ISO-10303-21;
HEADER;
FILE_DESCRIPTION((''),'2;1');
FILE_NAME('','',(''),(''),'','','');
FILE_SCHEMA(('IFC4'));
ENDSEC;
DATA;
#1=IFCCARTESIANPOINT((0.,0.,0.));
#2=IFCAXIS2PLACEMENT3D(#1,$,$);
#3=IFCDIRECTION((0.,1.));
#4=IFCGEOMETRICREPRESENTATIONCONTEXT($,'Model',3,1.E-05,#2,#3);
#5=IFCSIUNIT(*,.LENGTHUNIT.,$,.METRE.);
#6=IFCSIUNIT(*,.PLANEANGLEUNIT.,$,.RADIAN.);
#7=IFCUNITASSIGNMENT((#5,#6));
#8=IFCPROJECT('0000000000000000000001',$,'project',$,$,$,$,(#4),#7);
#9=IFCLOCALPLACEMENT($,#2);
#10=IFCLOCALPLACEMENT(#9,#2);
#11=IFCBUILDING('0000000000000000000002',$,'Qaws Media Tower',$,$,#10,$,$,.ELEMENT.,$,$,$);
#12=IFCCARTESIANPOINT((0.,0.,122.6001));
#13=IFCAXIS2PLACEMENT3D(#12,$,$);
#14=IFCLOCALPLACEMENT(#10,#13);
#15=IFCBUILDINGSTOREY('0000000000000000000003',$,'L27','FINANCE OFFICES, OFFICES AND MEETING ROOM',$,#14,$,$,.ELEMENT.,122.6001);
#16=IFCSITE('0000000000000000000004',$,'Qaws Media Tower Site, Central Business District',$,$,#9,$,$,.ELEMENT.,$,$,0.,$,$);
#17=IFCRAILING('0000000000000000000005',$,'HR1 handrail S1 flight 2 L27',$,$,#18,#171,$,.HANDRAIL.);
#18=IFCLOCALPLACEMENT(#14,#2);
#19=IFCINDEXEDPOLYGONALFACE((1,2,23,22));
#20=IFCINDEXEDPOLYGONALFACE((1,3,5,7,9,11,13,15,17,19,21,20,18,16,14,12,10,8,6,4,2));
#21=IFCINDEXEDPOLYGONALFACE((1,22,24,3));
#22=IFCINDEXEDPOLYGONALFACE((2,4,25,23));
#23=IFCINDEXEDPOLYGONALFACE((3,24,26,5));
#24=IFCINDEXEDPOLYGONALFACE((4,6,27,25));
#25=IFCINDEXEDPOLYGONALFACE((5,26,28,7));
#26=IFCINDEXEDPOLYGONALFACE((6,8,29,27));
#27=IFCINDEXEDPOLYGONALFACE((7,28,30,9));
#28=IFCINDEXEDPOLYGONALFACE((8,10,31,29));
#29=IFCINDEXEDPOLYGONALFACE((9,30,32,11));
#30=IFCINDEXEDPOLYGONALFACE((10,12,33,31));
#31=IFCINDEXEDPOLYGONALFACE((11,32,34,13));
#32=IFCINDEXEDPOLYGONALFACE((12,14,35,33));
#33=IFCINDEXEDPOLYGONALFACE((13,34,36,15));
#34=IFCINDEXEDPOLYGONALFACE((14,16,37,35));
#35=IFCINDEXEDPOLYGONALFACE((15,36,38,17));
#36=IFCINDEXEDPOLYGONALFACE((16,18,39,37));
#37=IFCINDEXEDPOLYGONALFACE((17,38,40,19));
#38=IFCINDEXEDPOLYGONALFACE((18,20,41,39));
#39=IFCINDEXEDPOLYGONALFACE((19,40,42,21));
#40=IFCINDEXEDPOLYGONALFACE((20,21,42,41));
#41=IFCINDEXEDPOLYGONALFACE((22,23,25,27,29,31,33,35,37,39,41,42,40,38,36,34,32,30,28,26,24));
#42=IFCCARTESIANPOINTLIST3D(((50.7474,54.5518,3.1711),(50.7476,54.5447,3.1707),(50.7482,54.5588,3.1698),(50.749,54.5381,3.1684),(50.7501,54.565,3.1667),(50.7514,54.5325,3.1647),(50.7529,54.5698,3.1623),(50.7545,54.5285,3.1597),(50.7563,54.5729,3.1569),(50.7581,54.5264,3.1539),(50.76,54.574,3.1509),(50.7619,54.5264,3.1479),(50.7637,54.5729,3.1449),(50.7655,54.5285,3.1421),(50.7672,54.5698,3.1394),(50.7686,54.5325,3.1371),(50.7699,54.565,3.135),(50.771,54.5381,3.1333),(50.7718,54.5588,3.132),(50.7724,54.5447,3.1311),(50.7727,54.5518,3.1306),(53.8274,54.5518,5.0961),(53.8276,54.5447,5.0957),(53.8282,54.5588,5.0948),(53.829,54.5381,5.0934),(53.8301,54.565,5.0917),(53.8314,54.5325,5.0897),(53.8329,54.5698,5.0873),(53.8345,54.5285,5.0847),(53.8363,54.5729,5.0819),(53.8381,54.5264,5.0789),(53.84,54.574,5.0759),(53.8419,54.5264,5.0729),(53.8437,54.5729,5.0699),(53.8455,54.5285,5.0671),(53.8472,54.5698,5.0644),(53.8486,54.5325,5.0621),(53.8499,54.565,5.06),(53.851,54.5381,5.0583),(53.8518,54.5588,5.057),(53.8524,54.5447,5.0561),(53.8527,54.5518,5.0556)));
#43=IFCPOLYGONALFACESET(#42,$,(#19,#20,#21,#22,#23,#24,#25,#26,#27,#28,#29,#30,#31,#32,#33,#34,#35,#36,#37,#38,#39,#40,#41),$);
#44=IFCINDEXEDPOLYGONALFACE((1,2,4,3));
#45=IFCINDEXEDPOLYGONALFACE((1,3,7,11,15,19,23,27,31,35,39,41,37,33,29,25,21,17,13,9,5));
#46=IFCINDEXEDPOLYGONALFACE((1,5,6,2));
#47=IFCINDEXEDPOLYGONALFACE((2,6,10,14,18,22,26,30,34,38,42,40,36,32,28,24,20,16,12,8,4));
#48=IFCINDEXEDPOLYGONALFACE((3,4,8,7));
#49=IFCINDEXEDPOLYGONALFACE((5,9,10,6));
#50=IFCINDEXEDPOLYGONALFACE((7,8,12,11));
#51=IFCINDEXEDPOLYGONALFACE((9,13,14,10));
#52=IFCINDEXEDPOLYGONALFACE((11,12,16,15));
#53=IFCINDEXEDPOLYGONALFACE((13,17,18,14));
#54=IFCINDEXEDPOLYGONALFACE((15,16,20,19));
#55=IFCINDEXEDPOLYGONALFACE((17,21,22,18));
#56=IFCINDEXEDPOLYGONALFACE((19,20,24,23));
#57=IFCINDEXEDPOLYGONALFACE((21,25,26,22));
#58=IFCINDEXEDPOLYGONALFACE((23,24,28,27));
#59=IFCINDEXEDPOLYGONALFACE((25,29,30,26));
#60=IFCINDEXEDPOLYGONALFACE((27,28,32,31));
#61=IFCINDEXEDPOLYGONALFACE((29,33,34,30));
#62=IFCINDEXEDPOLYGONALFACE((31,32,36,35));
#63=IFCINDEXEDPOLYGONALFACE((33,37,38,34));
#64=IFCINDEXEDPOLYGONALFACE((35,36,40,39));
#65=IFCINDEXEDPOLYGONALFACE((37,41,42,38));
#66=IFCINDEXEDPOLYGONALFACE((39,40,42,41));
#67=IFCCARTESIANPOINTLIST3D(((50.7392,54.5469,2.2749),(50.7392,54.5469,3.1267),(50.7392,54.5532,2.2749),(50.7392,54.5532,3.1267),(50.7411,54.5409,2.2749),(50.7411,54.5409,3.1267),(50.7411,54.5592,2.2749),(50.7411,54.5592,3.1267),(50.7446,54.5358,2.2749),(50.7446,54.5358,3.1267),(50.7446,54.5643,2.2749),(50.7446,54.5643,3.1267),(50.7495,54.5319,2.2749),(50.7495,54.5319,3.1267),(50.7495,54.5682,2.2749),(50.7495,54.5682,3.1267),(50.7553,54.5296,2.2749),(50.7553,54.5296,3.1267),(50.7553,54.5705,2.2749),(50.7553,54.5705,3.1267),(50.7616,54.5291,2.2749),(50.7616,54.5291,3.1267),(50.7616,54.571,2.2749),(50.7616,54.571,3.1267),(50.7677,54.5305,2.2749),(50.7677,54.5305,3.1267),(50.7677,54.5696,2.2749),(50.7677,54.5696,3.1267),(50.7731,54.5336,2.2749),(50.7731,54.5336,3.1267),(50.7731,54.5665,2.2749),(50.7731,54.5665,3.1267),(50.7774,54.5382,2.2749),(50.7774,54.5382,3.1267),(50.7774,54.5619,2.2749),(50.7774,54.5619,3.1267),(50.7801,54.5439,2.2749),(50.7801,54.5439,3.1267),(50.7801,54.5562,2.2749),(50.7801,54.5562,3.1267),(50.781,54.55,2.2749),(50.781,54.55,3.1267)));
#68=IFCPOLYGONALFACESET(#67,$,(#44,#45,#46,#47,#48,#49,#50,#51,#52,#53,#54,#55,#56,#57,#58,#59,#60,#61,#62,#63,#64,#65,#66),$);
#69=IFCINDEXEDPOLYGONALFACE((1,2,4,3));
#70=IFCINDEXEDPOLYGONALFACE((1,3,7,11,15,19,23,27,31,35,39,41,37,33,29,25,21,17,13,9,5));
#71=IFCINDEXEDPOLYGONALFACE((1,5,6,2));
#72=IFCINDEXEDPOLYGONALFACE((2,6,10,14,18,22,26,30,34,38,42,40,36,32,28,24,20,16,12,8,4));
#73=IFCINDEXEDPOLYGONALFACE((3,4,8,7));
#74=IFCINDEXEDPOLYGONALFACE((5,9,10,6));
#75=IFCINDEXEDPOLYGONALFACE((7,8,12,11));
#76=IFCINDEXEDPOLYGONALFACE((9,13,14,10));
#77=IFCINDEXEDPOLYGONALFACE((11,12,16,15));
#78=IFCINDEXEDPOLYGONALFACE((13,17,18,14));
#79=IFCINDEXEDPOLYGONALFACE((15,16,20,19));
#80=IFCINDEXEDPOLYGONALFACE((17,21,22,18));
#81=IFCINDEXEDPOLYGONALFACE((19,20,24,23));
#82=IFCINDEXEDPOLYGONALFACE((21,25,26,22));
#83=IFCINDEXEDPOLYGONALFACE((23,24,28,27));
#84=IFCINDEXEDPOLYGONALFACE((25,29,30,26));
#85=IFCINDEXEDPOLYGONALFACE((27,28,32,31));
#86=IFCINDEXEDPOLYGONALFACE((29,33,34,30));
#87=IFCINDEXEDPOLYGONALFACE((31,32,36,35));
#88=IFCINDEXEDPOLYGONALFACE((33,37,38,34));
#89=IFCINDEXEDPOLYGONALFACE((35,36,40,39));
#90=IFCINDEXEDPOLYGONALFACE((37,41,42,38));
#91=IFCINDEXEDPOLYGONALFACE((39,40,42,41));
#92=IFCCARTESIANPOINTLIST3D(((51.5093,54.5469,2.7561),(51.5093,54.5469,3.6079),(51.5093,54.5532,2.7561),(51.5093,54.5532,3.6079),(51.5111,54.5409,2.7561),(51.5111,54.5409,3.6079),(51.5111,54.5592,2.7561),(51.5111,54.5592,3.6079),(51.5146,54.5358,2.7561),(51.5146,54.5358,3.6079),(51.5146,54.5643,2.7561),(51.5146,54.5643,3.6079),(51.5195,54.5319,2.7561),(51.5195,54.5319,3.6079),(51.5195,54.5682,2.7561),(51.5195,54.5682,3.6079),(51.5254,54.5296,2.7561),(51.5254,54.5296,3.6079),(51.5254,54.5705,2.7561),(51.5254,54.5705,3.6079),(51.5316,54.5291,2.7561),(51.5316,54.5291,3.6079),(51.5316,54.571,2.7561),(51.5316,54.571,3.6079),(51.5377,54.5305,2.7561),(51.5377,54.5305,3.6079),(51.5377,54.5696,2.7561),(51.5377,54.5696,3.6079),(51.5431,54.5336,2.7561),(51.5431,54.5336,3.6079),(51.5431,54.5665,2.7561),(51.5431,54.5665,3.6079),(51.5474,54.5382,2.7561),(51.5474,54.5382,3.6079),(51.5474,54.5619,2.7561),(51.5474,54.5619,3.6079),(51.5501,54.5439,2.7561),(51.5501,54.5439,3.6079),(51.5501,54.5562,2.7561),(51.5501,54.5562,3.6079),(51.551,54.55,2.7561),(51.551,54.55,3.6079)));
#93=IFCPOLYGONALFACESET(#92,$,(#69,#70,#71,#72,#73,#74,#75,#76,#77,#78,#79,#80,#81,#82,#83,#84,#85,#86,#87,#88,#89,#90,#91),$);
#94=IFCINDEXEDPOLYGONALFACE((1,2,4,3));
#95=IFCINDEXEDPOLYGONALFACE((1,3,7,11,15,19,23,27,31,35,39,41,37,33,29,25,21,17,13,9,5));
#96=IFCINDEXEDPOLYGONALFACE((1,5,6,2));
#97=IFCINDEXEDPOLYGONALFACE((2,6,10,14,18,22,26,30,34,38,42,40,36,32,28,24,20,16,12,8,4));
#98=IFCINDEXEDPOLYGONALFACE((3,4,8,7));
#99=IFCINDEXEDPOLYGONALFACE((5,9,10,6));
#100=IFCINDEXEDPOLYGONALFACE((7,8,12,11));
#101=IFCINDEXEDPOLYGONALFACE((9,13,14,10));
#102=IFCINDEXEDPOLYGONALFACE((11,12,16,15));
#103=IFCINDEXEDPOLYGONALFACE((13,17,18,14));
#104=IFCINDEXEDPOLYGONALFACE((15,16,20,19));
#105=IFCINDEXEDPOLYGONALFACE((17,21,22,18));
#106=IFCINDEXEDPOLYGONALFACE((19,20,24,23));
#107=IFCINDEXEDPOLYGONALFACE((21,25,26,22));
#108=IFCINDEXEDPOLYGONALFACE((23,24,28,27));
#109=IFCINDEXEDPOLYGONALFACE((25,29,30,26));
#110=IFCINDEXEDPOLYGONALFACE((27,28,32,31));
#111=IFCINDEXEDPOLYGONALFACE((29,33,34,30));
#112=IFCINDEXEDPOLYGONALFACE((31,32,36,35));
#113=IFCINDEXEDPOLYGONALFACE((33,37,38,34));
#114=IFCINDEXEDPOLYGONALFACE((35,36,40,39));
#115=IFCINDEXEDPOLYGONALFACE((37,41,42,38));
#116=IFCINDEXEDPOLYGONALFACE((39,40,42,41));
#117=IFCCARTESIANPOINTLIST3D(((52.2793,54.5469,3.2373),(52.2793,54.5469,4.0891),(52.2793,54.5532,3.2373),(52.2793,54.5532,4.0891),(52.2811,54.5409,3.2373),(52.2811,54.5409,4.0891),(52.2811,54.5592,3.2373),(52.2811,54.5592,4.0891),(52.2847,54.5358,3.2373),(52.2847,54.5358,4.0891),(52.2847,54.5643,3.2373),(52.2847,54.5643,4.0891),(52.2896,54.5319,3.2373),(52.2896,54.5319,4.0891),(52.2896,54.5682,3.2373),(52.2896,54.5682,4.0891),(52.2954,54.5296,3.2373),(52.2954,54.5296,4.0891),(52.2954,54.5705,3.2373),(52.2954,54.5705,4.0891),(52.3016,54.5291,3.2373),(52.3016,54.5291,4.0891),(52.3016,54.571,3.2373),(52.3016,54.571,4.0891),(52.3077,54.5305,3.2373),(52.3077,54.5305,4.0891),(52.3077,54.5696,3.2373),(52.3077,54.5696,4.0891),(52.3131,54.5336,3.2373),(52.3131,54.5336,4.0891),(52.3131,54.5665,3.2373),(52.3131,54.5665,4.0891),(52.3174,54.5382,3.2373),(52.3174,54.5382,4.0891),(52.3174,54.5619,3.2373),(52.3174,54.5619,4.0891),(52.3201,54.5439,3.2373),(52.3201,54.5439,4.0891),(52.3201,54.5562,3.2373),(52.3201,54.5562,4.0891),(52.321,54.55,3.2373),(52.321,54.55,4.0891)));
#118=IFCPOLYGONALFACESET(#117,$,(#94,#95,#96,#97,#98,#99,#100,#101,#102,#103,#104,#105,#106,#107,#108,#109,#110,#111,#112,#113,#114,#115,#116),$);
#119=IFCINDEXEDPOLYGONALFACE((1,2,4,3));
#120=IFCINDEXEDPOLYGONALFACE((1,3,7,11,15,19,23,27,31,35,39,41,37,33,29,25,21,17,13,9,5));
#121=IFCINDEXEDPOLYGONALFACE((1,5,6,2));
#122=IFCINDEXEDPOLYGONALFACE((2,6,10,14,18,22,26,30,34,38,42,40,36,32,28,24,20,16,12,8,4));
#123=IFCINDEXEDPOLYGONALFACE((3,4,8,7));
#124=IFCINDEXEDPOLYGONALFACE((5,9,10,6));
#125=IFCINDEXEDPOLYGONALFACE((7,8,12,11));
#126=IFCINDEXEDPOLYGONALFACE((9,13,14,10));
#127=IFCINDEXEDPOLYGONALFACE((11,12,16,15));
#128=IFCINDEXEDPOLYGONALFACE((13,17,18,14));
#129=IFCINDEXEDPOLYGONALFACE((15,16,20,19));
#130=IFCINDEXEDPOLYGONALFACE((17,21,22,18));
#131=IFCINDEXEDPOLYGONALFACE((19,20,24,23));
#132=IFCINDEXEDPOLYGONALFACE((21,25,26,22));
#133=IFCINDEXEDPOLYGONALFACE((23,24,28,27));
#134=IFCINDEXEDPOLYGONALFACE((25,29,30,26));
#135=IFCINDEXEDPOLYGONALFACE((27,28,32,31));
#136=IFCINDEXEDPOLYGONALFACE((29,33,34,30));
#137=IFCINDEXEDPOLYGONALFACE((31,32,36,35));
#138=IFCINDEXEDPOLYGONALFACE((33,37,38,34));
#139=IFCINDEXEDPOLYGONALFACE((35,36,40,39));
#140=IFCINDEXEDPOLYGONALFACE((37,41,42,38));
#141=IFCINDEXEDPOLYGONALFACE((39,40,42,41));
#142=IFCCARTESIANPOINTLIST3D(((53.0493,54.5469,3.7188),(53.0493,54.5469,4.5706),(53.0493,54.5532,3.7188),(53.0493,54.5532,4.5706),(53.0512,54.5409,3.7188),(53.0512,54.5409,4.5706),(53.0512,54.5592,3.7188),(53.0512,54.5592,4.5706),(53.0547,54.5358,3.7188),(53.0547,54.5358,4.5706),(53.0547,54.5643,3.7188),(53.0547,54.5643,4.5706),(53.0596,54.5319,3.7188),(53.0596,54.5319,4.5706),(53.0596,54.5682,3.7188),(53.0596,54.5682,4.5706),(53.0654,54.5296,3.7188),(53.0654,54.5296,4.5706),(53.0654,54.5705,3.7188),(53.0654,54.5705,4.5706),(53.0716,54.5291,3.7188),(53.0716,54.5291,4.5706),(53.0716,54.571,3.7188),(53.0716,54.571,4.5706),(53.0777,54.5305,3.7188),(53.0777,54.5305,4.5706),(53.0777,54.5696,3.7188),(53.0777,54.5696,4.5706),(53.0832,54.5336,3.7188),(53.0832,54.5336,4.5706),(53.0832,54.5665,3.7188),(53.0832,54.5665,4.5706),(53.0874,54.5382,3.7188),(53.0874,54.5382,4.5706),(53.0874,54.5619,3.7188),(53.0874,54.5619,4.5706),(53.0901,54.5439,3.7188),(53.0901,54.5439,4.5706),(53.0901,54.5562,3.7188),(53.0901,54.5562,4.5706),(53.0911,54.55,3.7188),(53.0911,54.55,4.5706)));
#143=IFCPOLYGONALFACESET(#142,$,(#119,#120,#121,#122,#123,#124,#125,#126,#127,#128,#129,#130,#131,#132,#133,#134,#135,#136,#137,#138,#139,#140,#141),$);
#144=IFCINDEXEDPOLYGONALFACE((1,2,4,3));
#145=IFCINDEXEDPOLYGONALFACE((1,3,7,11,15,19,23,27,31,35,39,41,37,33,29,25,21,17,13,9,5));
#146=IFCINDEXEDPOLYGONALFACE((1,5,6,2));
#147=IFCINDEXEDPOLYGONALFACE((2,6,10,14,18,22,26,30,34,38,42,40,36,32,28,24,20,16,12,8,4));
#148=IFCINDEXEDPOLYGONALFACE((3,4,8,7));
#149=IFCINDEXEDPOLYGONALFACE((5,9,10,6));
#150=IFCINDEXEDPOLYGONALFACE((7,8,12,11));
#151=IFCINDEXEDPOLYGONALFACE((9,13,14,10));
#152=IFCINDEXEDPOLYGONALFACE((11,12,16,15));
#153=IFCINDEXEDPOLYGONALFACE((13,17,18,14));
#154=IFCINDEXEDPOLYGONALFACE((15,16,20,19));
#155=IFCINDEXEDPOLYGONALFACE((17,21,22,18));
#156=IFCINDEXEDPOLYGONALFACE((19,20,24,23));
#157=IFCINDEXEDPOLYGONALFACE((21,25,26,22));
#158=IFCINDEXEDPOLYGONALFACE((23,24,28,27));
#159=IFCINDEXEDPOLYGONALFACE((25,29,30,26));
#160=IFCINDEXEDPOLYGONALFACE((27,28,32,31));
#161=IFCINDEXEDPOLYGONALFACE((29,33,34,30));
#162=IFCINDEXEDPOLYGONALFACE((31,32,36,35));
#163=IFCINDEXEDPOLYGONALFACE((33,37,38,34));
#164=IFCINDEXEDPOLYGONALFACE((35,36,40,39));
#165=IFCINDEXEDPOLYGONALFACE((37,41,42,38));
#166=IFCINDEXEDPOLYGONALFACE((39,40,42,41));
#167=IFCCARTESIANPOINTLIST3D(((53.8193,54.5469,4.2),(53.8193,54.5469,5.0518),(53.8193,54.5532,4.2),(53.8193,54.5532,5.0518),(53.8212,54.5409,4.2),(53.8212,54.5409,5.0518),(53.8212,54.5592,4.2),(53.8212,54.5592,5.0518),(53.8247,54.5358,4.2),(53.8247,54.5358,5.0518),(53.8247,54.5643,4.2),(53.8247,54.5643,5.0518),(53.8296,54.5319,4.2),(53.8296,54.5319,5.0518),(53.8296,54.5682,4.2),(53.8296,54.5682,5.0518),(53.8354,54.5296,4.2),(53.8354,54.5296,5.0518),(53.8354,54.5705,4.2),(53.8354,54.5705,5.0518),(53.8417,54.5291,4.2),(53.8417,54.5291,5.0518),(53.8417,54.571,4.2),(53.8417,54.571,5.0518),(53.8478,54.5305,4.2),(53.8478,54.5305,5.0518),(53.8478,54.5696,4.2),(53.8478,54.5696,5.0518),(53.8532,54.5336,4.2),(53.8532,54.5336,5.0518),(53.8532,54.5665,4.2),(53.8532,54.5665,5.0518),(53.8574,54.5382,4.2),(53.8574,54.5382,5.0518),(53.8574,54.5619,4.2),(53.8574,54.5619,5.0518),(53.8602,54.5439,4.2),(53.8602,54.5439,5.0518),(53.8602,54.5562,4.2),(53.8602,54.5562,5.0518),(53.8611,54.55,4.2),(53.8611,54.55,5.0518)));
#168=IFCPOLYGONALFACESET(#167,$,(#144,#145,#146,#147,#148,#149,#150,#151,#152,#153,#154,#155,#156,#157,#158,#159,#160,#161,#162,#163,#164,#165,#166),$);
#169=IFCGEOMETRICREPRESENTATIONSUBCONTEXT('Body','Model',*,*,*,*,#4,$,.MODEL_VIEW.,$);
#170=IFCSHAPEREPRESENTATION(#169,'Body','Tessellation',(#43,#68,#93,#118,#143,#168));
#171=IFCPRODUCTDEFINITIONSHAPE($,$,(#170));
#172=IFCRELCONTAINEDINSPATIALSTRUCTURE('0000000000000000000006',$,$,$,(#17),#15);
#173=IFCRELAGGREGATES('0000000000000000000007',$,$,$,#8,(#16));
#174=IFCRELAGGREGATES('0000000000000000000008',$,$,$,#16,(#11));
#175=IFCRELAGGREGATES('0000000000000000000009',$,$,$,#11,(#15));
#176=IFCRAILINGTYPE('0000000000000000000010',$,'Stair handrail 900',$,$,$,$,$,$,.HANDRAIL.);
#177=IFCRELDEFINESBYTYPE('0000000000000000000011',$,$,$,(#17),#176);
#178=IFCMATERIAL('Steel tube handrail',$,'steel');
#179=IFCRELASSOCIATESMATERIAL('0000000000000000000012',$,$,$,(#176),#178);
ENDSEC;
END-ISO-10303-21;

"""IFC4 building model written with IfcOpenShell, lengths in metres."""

from ifc_helpers import new_model, si_unit, direction, frame, origin, origin_2d, place, context, subcontext, project, spatial, circle, extrude, material, type_object, element, save


model = new_model("IFC4")

# Units and contexts
model_context = context("Model", 3, precision=1e-05, world=origin(), true_north=direction((0.0, 1.0)))
body_context = subcontext(model_context, "Body", "Model", "MODEL_VIEW")
ifc_project = project(units=[si_unit("LENGTHUNIT", "METRE"), si_unit("PLANEANGLEUNIT", "RADIAN")], contexts=[model_context])

# Site, building, storey
site_placement = place(None, origin())
site = spatial("IfcSite", under=ifc_project, at=site_placement, Name="Qaws Media Tower Site, Central Business District", CompositionType="ELEMENT", RefElevation=0.0)
building_placement = place(site_placement, origin())
building = spatial("IfcBuilding", under=site, at=building_placement, Name="Qaws Media Tower", CompositionType="ELEMENT")
storey_placement = place(building_placement, frame((0.0, 0.0, 122.6001)))
storey = spatial("IfcBuildingStorey", under=building, at=storey_placement, Name="L27", Description="FINANCE OFFICES, OFFICES AND MEETING ROOM", CompositionType="ELEMENT", Elevation=122.6001)

# Railing
ifc_material_1 = material(Name="Steel tube handrail", Category="steel")
railing_type = type_object("IfcRailingType", Name="Stair handrail 900", PredefinedType="HANDRAIL", material=ifc_material_1)
for number, where, name in (
    (1, (50.76, 54.55, 2.2749), "HR1 handrail S1 flight 2 L27"),
):
    element("IfcRailing", number, at=place(storey_placement, frame(where)), inside=storey, type_object=railing_type, Name=name, PredefinedType="HANDRAIL", context=body_context, shape_type="SweptSolid", body=[
        extrude(circle(Radius=0.0239, at=origin_2d()), frame((0.0, 0.0, 0.876), z_axis=(0.847998, 0.0, 0.529999), x_axis=(0.0, 1.0, 0.0)), (0.0, 0.0, 1.0), 3.6321),
        extrude(circle(Radius=0.021, at=origin_2d()), origin(), (0.0, 0.0, 1.0), 0.8518),
        extrude(circle(Radius=0.021, at=origin_2d()), frame((0.77, 0.0, 0.4812)), (0.0, 0.0, 1.0), 0.8518),
        extrude(circle(Radius=0.021, at=origin_2d()), frame((1.54, 0.0, 0.9624)), (0.0, 0.0, 1.0), 0.8518),
        extrude(circle(Radius=0.021, at=origin_2d()), frame((2.3101, 0.0, 1.4438)), (0.0, 0.0, 1.0), 0.8518),
        extrude(circle(Radius=0.021, at=origin_2d()), frame((3.0801, 0.0, 1.925)), (0.0, 0.0, 1.0), 0.8518),
    ])

save(model, "model.ifc")
